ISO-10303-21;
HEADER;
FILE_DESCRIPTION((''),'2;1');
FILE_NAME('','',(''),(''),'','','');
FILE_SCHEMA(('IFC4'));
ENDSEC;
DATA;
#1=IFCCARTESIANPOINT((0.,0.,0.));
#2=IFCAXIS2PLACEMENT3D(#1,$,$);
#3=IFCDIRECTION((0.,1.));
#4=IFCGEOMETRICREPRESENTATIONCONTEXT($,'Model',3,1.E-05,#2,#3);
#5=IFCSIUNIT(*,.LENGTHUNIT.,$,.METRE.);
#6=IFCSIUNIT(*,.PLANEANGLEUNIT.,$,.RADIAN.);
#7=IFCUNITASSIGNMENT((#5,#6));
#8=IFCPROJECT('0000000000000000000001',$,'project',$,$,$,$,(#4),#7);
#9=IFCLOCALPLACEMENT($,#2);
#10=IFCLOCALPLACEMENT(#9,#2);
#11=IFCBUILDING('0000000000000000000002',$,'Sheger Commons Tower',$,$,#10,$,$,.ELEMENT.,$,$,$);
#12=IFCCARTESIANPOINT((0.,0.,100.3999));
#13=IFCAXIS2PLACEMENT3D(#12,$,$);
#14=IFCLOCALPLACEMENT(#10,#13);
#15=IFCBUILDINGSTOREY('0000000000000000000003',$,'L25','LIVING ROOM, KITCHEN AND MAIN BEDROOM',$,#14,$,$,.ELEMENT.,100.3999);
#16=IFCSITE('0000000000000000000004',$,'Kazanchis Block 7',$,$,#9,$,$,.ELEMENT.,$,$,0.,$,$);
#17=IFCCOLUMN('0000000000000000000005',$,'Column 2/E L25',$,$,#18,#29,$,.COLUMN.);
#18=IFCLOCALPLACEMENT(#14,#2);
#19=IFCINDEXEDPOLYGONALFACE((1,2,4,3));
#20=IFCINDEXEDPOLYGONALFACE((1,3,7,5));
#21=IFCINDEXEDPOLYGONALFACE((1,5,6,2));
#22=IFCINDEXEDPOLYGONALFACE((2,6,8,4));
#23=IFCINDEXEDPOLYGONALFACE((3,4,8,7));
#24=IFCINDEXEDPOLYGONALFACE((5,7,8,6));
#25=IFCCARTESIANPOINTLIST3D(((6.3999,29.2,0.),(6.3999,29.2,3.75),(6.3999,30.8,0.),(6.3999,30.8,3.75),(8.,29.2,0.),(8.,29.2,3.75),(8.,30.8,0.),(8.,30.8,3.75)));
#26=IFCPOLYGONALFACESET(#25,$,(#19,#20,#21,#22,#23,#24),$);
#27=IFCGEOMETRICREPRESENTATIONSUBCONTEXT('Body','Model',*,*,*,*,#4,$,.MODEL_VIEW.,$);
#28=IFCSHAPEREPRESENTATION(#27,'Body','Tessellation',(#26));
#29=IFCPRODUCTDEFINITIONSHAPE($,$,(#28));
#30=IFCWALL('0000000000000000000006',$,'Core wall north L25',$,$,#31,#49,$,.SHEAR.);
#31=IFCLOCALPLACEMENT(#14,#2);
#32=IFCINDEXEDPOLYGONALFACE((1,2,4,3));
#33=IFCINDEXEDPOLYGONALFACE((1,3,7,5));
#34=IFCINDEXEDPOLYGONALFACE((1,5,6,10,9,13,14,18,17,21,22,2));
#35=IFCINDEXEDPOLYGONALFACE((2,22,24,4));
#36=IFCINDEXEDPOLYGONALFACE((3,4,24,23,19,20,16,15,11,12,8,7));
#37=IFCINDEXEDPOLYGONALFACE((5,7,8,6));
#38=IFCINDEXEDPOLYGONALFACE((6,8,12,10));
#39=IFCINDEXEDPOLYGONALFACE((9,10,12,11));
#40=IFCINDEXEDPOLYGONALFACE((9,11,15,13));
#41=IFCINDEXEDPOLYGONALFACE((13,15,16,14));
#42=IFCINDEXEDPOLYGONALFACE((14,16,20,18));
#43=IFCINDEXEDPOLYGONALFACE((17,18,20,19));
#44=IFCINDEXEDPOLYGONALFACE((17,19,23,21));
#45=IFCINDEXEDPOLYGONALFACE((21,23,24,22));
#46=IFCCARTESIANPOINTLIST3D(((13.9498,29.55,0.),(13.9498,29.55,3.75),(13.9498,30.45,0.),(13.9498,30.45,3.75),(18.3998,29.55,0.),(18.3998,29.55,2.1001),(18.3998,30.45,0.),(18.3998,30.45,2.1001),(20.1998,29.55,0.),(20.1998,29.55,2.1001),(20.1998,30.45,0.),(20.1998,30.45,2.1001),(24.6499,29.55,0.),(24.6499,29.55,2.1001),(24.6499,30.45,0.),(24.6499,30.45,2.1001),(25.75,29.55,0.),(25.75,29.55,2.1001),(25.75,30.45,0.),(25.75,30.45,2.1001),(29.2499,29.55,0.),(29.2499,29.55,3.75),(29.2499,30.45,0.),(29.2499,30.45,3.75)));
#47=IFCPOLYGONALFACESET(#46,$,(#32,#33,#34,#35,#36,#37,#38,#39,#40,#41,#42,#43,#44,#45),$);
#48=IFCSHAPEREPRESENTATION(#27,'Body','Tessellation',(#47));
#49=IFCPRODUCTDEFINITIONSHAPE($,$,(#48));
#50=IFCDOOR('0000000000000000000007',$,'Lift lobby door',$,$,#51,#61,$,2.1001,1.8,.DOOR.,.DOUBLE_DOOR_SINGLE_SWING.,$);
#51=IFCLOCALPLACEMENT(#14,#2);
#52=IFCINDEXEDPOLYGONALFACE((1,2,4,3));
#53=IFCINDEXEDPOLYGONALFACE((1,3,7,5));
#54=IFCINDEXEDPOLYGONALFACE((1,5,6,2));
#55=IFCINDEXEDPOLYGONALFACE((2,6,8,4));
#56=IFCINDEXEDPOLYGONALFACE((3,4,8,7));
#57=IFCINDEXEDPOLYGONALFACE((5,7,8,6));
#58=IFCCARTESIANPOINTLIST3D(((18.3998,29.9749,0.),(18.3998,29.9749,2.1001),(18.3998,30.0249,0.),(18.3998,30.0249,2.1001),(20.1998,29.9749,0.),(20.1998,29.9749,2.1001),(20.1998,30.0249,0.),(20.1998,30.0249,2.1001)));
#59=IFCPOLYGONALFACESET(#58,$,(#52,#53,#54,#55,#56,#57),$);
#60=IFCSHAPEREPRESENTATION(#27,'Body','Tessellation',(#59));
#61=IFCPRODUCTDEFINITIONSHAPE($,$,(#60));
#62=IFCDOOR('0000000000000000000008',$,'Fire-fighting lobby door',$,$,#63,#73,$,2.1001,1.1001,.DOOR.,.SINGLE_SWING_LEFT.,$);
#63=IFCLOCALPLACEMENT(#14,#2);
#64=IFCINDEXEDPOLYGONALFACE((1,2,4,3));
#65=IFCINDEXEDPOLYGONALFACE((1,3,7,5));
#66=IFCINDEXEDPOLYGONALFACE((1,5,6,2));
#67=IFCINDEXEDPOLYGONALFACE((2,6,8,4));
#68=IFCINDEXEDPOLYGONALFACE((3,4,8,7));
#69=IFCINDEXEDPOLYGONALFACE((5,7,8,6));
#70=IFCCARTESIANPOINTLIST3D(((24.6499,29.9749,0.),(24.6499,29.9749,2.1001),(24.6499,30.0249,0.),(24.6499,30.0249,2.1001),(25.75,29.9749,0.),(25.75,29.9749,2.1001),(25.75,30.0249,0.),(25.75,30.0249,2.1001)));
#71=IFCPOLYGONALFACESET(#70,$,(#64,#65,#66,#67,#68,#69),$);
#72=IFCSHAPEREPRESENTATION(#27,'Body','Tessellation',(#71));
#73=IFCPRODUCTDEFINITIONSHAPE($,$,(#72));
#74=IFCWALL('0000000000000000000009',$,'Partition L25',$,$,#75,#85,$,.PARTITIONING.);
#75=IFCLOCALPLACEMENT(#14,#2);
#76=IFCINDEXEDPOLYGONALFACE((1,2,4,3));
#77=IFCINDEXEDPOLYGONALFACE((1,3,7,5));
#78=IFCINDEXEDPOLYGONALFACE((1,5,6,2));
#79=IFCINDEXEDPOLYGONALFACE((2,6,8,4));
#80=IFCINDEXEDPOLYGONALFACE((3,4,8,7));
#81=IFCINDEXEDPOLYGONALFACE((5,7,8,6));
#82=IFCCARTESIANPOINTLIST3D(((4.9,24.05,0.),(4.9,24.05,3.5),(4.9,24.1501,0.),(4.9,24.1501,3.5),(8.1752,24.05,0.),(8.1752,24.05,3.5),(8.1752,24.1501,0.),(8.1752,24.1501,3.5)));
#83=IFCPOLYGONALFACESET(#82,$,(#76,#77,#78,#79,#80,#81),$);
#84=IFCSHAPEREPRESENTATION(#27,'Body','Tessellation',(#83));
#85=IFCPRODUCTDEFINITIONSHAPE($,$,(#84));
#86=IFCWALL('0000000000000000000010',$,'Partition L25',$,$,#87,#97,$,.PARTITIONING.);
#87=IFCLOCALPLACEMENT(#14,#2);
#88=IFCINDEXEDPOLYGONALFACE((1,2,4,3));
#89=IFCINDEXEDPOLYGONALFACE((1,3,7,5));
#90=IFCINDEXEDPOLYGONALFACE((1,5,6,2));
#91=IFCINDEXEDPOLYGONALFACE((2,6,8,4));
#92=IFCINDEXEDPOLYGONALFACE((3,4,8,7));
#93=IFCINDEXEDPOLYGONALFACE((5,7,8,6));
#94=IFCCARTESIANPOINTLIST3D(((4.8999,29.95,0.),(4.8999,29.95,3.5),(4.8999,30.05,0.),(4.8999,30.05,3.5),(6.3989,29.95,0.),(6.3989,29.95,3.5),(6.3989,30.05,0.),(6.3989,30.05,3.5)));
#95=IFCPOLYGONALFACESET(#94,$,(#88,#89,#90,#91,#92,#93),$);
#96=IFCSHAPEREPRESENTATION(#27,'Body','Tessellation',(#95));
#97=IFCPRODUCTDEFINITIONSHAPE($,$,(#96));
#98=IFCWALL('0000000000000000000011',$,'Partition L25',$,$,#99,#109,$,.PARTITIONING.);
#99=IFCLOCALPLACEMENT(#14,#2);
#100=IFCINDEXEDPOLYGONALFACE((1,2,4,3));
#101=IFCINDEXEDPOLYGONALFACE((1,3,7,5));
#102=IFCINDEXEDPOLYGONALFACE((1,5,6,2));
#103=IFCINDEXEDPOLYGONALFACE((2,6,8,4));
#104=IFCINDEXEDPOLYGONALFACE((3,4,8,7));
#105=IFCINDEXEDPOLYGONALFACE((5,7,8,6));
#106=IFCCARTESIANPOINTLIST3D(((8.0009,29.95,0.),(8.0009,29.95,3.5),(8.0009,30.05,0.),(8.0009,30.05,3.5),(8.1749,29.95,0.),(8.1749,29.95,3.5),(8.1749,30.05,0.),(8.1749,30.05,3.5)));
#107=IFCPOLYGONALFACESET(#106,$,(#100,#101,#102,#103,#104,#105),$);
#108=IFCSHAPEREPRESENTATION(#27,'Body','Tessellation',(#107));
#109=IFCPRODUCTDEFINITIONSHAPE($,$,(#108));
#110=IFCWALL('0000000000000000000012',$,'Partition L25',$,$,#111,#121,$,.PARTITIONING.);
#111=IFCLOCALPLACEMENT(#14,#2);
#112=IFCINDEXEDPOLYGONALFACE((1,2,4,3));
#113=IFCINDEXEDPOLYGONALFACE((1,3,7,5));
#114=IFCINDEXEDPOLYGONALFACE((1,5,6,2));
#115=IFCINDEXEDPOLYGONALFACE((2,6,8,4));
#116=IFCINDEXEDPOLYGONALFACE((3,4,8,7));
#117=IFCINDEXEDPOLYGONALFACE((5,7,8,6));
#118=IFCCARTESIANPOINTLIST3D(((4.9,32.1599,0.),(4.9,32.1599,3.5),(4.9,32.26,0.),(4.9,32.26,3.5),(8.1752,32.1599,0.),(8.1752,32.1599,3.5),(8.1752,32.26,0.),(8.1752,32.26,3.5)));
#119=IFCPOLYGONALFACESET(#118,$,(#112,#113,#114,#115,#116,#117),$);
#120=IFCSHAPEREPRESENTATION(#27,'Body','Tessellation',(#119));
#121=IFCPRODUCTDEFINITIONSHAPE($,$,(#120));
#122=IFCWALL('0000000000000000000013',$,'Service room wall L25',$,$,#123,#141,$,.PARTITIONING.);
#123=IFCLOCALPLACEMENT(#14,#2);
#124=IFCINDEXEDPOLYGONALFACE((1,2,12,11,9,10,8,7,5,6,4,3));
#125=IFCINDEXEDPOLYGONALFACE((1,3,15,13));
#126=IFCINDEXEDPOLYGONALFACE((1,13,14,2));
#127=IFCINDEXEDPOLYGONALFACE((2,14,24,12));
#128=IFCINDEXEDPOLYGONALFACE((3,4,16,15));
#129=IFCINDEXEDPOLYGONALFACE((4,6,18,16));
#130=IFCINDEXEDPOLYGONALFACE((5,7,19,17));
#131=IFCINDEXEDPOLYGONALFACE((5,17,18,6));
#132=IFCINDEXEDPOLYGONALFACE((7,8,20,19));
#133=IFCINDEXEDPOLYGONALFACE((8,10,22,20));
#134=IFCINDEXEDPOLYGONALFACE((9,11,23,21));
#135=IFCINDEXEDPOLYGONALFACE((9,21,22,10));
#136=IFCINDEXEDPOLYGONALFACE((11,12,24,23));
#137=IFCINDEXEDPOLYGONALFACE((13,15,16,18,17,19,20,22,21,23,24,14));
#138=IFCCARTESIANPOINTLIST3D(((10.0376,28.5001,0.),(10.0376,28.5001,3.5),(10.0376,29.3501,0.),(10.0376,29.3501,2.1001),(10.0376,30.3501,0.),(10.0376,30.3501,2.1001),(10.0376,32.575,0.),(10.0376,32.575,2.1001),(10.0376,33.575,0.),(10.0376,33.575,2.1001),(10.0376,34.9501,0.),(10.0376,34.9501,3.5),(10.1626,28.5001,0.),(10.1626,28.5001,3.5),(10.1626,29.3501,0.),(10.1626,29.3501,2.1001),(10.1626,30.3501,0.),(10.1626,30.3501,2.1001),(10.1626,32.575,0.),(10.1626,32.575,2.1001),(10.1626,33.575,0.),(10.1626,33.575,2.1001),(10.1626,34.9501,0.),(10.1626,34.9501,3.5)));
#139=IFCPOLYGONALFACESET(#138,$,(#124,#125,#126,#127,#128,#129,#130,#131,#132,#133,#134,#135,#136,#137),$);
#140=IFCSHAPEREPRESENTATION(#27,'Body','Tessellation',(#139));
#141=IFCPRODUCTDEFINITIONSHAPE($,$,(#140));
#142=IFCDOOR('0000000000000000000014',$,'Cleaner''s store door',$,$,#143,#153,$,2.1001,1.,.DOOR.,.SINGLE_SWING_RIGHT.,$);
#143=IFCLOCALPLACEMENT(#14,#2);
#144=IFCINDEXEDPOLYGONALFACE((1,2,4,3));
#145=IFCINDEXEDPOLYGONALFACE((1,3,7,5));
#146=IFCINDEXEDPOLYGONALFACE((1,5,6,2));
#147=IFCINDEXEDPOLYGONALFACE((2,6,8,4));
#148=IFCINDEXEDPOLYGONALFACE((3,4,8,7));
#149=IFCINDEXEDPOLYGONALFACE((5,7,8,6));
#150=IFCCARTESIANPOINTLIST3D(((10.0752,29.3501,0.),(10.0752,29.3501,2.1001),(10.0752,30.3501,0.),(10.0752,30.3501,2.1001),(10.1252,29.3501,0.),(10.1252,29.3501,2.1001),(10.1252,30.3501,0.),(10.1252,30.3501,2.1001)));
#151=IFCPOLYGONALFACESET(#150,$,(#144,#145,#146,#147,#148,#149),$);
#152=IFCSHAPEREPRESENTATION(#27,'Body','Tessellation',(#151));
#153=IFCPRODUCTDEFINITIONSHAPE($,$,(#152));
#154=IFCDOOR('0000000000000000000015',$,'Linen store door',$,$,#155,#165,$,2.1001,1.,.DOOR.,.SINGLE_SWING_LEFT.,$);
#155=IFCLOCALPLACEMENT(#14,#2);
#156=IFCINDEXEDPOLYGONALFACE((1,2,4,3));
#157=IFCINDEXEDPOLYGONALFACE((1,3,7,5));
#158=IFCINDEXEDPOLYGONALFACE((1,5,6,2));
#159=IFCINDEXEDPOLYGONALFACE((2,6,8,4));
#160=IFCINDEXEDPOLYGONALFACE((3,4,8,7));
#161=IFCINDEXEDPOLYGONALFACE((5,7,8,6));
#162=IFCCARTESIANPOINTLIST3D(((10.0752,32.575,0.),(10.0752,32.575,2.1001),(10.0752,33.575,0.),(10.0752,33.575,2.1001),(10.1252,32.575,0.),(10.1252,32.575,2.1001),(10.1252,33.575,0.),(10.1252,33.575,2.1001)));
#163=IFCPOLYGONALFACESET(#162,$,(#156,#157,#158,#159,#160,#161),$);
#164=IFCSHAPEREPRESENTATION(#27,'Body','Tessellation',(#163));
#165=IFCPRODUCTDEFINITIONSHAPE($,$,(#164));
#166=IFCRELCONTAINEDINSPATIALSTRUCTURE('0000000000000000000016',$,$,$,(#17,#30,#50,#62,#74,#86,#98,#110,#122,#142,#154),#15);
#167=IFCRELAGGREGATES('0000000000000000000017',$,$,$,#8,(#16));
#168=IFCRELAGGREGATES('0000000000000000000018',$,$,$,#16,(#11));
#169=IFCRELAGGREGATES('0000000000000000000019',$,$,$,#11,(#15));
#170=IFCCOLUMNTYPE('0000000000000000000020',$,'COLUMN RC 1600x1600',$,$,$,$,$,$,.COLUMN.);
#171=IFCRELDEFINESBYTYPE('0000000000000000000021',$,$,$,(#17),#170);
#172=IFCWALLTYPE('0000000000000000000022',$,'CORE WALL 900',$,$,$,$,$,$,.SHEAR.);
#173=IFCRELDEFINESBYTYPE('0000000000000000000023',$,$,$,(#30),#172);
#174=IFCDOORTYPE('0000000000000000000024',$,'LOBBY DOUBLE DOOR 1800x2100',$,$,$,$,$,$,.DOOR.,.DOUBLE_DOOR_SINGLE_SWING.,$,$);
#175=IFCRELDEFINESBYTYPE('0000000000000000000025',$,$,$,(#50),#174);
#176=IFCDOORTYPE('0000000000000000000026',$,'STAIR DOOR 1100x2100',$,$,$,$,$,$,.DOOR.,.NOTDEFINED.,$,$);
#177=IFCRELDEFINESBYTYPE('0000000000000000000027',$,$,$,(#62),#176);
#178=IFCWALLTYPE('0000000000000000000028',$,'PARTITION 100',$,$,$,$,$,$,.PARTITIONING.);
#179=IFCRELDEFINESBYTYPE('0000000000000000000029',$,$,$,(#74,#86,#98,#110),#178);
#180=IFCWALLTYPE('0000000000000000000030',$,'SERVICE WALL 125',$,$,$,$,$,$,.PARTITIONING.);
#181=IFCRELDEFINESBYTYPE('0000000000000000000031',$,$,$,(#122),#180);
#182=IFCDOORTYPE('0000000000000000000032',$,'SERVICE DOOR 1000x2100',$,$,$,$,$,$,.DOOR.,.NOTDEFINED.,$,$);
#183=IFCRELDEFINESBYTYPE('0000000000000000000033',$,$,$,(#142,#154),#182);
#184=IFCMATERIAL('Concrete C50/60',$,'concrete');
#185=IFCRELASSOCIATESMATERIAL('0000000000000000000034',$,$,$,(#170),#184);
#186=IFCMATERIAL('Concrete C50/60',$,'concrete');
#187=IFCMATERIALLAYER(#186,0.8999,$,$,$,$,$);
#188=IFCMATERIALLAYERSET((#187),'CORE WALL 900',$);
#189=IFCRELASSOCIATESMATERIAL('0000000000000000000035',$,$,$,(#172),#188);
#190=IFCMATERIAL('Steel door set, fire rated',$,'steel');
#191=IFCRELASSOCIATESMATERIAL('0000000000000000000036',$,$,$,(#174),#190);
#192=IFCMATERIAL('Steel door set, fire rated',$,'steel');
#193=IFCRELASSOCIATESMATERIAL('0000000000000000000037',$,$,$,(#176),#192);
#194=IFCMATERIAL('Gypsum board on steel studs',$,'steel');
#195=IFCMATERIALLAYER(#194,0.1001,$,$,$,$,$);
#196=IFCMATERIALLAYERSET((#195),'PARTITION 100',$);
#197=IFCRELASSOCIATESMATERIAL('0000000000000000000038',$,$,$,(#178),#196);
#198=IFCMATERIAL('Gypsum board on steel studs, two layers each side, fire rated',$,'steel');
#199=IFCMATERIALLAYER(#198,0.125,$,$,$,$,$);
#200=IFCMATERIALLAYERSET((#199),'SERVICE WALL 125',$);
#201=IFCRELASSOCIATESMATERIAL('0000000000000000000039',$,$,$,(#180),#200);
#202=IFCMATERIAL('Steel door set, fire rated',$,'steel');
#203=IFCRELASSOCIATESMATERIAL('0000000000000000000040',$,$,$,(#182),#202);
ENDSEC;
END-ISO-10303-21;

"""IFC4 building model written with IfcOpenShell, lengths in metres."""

from ifc_helpers import new_model, si_unit, direction, frame, frame_2d, origin, origin_2d, place, context, subcontext, project, spatial, rectangle, extrude, material, layer, layer_set, material_profile, profile_set, type_object, element, fill, save


model = new_model("IFC4")

# Units and contexts
model_context = context("Model", 3, precision=1e-05, world=origin(), true_north=direction((0.0, 1.0)))
body_context = subcontext(model_context, "Body", "Model", "MODEL_VIEW")
ifc_project = project(units=[si_unit("LENGTHUNIT", "METRE"), si_unit("PLANEANGLEUNIT", "RADIAN")], contexts=[model_context])

# Site, building, storey
site_placement = place(None, origin())
site = spatial("IfcSite", under=ifc_project, at=site_placement, Name="Kazanchis Block 7", CompositionType="ELEMENT", RefElevation=0.0)
building_placement = place(site_placement, origin())
building = spatial("IfcBuilding", under=site, at=building_placement, Name="Sheger Commons Tower", CompositionType="ELEMENT")
storey_placement = place(building_placement, frame((0.0, 0.0, 100.3999)))
storey = spatial("IfcBuildingStorey", under=building, at=storey_placement, Name="L25", Description="LIVING ROOM, KITCHEN AND MAIN BEDROOM", CompositionType="ELEMENT", Elevation=100.3999)

# Column
ifc_material_1 = material(Name="Concrete C50/60", Category="concrete")
ifc_material_profile = material_profile(ifc_material_1, rectangle(XDim=1.6001, YDim=1.6001, at=origin_2d()), Name="RC 1600x1600")
ifc_profile_set = profile_set([ifc_material_profile], Name="Concrete C50/60")
column_type = type_object("IfcColumnType", Name="COLUMN RC 1600x1600", PredefinedType="COLUMN", material=ifc_profile_set)
column_placement = place(storey_placement, frame((7.2, 30.0, 0.0), z_axis=(0.0, 0.0, 1.0), x_axis=(1.0, 0.0, 0.0)))
element("IfcColumn", 1, at=column_placement, inside=storey, type_object=column_type, Name="Column 2/E L25", PredefinedType="COLUMN", context=body_context, shape_type="SweptSolid", body=[
    extrude(rectangle(XDim=1.6001, YDim=1.6001, at=origin_2d()), origin(), (0.0, 0.0, 1.0), 3.75),
])

# Wall, openings, doors
ifc_material_2 = material(Name="Concrete C50/60", Category="concrete")
ifc_layer_1 = layer(ifc_material_2, 0.8999)
ifc_layer_set_1 = layer_set([ifc_layer_1], Name="CORE WALL 900")
wall_type_1 = type_object("IfcWallType", Name="CORE WALL 900", PredefinedType="SHEAR", material=ifc_layer_set_1)
wall_1_placement = place(storey_placement, frame((13.95, 30.0, 0.0), z_axis=(0.0, 0.0, 1.0), x_axis=(1.0, 0.0, 0.0)))
wall_1 = element("IfcWall", 2, at=wall_1_placement, inside=storey, type_object=wall_type_1, Name="Core wall north L25", PredefinedType="SHEAR", context=body_context, shape_type="SweptSolid", body=[
    extrude(rectangle(XDim=15.3, YDim=0.8999, at=frame_2d((7.6499, 0.0))), origin(), (0.0, 0.0, 1.0), 3.75),
])
opening_1_placement = place(wall_1_placement, frame((4.45, 0.0, 0.0)))
opening_1 = element("IfcOpeningElement", 3, at=opening_1_placement, cuts=wall_1, PredefinedType="OPENING", context=body_context, shape_type="SweptSolid", body=[
    extrude(rectangle(XDim=1.8, YDim=2.1001, at=frame_2d((0.8999, 1.05))), frame((0.0, 0.46, 0.0), z_axis=(0.0, -1.0, 0.0), x_axis=(1.0, 0.0, 0.0)), (0.0, 0.0, 1.0), 0.9199),
])
opening_2_placement = place(wall_1_placement, frame((10.7, 0.0, 0.0)))
opening_2 = element("IfcOpeningElement", 4, at=opening_2_placement, cuts=wall_1, PredefinedType="OPENING", context=body_context, shape_type="SweptSolid", body=[
    extrude(rectangle(XDim=1.1001, YDim=2.1001, at=frame_2d((0.55, 1.05))), frame((0.0, 0.46, 0.0), z_axis=(0.0, -1.0, 0.0), x_axis=(1.0, 0.0, 0.0)), (0.0, 0.0, 1.0), 0.9199),
])
ifc_material_3 = material(Name="Steel door set, fire rated", Category="steel")
door_type_1 = type_object("IfcDoorType", Name="LOBBY DOUBLE DOOR 1800x2100", OperationType="DOUBLE_DOOR_SINGLE_SWING", PredefinedType="DOOR", material=ifc_material_3)
door_1_placement = place(opening_1_placement, origin())
door_1 = element("IfcDoor", 5, at=door_1_placement, inside=storey, type_object=door_type_1, Name="Lift lobby door", OperationType="DOUBLE_DOOR_SINGLE_SWING", OverallHeight=2.1001, OverallWidth=1.8, PredefinedType="DOOR", context=body_context, shape_type="SweptSolid", body=[
    extrude(rectangle(XDim=1.8, YDim=2.1001, at=frame_2d((0.8999, 1.05))), frame((0.0, 0.0249, 0.0), z_axis=(0.0, -1.0, 0.0), x_axis=(1.0, 0.0, 0.0)), (0.0, 0.0, 1.0), 0.05),
])
fill(opening_1, door_1)
ifc_material_4 = material(Name="Steel door set, fire rated", Category="steel")
door_type_2 = type_object("IfcDoorType", Name="STAIR DOOR 1100x2100", OperationType="NOTDEFINED", PredefinedType="DOOR", material=ifc_material_4)
door_2_placement = place(opening_2_placement, origin())
door_2 = element("IfcDoor", 6, at=door_2_placement, inside=storey, type_object=door_type_2, Name="Fire-fighting lobby door", OperationType="SINGLE_SWING_LEFT", OverallHeight=2.1001, OverallWidth=1.1001, PredefinedType="DOOR", context=body_context, shape_type="SweptSolid", body=[
    extrude(rectangle(XDim=1.1001, YDim=2.1001, at=frame_2d((0.55, 1.05))), frame((0.0, 0.0249, 0.0), z_axis=(0.0, -1.0, 0.0), x_axis=(1.0, 0.0, 0.0)), (0.0, 0.0, 1.0), 0.05),
])
fill(opening_2, door_2)

# Walls
ifc_material_5 = material(Name="Gypsum board on steel studs", Category="steel")
ifc_layer_2 = layer(ifc_material_5, 0.1001)
ifc_layer_set_2 = layer_set([ifc_layer_2], Name="PARTITION 100")
wall_type_2 = type_object("IfcWallType", Name="PARTITION 100", PredefinedType="PARTITIONING", material=ifc_layer_set_2)
wall_2_placement = place(storey_placement, frame((4.8999, 24.1001, 0.0), z_axis=(0.0, 0.0, 1.0), x_axis=(1.0, 0.0, 0.0)))
element("IfcWall", 7, at=wall_2_placement, inside=storey, type_object=wall_type_2, Name="Partition L25", PredefinedType="PARTITIONING", context=body_context, shape_type="SweptSolid", body=[
    extrude(rectangle(XDim=3.2751, YDim=0.1001, at=frame_2d((1.6377, 0.0))), origin(), (0.0, 0.0, 1.0), 3.5),
])
wall_3_placement = place(storey_placement, frame((4.8999, 30.0, 0.0), z_axis=(0.0, 0.0, 1.0), x_axis=(1.0, 0.0, 0.0)))
element("IfcWall", 8, at=wall_3_placement, inside=storey, type_object=wall_type_2, Name="Partition L25", PredefinedType="PARTITIONING", context=body_context, shape_type="SweptSolid", body=[
    extrude(rectangle(XDim=1.499, YDim=0.1001, at=frame_2d((0.7495, 0.0))), origin(), (0.0, 0.0, 1.0), 3.5),
])
wall_4_placement = place(storey_placement, frame((8.001, 30.0, 0.0), z_axis=(0.0, 0.0, 1.0), x_axis=(1.0, 0.0, 0.0)))
element("IfcWall", 9, at=wall_4_placement, inside=storey, type_object=wall_type_2, Name="Partition L25", PredefinedType="PARTITIONING", context=body_context, shape_type="SweptSolid", body=[
    extrude(rectangle(XDim=0.1741, YDim=0.1001, at=frame_2d((0.0869, 0.0))), origin(), (0.0, 0.0, 1.0), 3.5),
])
wall_5_placement = place(storey_placement, frame((4.8999, 32.21, 0.0), z_axis=(0.0, 0.0, 1.0), x_axis=(1.0, 0.0, 0.0)))
element("IfcWall", 10, at=wall_5_placement, inside=storey, type_object=wall_type_2, Name="Partition L25", PredefinedType="PARTITIONING", context=body_context, shape_type="SweptSolid", body=[
    extrude(rectangle(XDim=3.2751, YDim=0.1001, at=frame_2d((1.6377, 0.0))), origin(), (0.0, 0.0, 1.0), 3.5),
])

# Wall, openings, doors
ifc_material_6 = material(Name="Gypsum board on steel studs, two layers each side, fire rated", Category="steel")
ifc_layer_3 = layer(ifc_material_6, 0.125)
ifc_layer_set_3 = layer_set([ifc_layer_3], Name="SERVICE WALL 125")
wall_type_3 = type_object("IfcWallType", Name="SERVICE WALL 125", PredefinedType="PARTITIONING", material=ifc_layer_set_3)
wall_6_placement = place(storey_placement, frame((10.1001, 28.5, 0.0), z_axis=(0.0, 0.0, 1.0), x_axis=(0.0, 1.0, 0.0)))
wall_6 = element("IfcWall", 11, at=wall_6_placement, inside=storey, type_object=wall_type_3, Name="Service room wall L25", PredefinedType="PARTITIONING", context=body_context, shape_type="SweptSolid", body=[
    extrude(rectangle(XDim=6.45, YDim=0.125, at=frame_2d((3.2251, 0.0))), origin(), (0.0, 0.0, 1.0), 3.5),
])
opening_3_placement = place(wall_6_placement, frame((0.8501, 0.0, 0.0)))
opening_3 = element("IfcOpeningElement", 12, at=opening_3_placement, cuts=wall_6, PredefinedType="OPENING", context=body_context, shape_type="SweptSolid", body=[
    extrude(rectangle(XDim=1.0, YDim=2.1001, at=frame_2d((0.5, 1.05))), frame((0.0, 0.0725, 0.0), z_axis=(0.0, -1.0, 0.0), x_axis=(1.0, 0.0, 0.0)), (0.0, 0.0, 1.0), 0.145),
])
opening_4_placement = place(wall_6_placement, frame((4.075, 0.0, 0.0)))
opening_4 = element("IfcOpeningElement", 13, at=opening_4_placement, cuts=wall_6, PredefinedType="OPENING", context=body_context, shape_type="SweptSolid", body=[
    extrude(rectangle(XDim=1.0, YDim=2.1001, at=frame_2d((0.5, 1.05))), frame((0.0, 0.0725, 0.0), z_axis=(0.0, -1.0, 0.0), x_axis=(1.0, 0.0, 0.0)), (0.0, 0.0, 1.0), 0.145),
])
ifc_material_7 = material(Name="Steel door set, fire rated", Category="steel")
door_type_3 = type_object("IfcDoorType", Name="SERVICE DOOR 1000x2100", OperationType="NOTDEFINED", PredefinedType="DOOR", material=ifc_material_7)
door_3_placement = place(opening_3_placement, origin())
door_3 = element("IfcDoor", 14, at=door_3_placement, inside=storey, type_object=door_type_3, Name="Cleaner's store door", OperationType="SINGLE_SWING_RIGHT", OverallHeight=2.1001, OverallWidth=1.0, PredefinedType="DOOR", context=body_context, shape_type="SweptSolid", body=[
    extrude(rectangle(XDim=1.0, YDim=2.1001, at=frame_2d((0.5, 1.05))), frame((0.0, 0.0249, 0.0), z_axis=(0.0, -1.0, 0.0), x_axis=(1.0, 0.0, 0.0)), (0.0, 0.0, 1.0), 0.05),
])
fill(opening_3, door_3)
door_4_placement = place(opening_4_placement, origin())
door_4 = element("IfcDoor", 15, at=door_4_placement, inside=storey, type_object=door_type_3, Name="Linen store door", OperationType="SINGLE_SWING_LEFT", OverallHeight=2.1001, OverallWidth=1.0, PredefinedType="DOOR", context=body_context, shape_type="SweptSolid", body=[
    extrude(rectangle(XDim=1.0, YDim=2.1001, at=frame_2d((0.5, 1.05))), frame((0.0, 0.0249, 0.0), z_axis=(0.0, -1.0, 0.0), x_axis=(1.0, 0.0, 0.0)), (0.0, 0.0, 1.0), 0.05),
])
fill(opening_4, door_4)

save(model, "model.ifc")
